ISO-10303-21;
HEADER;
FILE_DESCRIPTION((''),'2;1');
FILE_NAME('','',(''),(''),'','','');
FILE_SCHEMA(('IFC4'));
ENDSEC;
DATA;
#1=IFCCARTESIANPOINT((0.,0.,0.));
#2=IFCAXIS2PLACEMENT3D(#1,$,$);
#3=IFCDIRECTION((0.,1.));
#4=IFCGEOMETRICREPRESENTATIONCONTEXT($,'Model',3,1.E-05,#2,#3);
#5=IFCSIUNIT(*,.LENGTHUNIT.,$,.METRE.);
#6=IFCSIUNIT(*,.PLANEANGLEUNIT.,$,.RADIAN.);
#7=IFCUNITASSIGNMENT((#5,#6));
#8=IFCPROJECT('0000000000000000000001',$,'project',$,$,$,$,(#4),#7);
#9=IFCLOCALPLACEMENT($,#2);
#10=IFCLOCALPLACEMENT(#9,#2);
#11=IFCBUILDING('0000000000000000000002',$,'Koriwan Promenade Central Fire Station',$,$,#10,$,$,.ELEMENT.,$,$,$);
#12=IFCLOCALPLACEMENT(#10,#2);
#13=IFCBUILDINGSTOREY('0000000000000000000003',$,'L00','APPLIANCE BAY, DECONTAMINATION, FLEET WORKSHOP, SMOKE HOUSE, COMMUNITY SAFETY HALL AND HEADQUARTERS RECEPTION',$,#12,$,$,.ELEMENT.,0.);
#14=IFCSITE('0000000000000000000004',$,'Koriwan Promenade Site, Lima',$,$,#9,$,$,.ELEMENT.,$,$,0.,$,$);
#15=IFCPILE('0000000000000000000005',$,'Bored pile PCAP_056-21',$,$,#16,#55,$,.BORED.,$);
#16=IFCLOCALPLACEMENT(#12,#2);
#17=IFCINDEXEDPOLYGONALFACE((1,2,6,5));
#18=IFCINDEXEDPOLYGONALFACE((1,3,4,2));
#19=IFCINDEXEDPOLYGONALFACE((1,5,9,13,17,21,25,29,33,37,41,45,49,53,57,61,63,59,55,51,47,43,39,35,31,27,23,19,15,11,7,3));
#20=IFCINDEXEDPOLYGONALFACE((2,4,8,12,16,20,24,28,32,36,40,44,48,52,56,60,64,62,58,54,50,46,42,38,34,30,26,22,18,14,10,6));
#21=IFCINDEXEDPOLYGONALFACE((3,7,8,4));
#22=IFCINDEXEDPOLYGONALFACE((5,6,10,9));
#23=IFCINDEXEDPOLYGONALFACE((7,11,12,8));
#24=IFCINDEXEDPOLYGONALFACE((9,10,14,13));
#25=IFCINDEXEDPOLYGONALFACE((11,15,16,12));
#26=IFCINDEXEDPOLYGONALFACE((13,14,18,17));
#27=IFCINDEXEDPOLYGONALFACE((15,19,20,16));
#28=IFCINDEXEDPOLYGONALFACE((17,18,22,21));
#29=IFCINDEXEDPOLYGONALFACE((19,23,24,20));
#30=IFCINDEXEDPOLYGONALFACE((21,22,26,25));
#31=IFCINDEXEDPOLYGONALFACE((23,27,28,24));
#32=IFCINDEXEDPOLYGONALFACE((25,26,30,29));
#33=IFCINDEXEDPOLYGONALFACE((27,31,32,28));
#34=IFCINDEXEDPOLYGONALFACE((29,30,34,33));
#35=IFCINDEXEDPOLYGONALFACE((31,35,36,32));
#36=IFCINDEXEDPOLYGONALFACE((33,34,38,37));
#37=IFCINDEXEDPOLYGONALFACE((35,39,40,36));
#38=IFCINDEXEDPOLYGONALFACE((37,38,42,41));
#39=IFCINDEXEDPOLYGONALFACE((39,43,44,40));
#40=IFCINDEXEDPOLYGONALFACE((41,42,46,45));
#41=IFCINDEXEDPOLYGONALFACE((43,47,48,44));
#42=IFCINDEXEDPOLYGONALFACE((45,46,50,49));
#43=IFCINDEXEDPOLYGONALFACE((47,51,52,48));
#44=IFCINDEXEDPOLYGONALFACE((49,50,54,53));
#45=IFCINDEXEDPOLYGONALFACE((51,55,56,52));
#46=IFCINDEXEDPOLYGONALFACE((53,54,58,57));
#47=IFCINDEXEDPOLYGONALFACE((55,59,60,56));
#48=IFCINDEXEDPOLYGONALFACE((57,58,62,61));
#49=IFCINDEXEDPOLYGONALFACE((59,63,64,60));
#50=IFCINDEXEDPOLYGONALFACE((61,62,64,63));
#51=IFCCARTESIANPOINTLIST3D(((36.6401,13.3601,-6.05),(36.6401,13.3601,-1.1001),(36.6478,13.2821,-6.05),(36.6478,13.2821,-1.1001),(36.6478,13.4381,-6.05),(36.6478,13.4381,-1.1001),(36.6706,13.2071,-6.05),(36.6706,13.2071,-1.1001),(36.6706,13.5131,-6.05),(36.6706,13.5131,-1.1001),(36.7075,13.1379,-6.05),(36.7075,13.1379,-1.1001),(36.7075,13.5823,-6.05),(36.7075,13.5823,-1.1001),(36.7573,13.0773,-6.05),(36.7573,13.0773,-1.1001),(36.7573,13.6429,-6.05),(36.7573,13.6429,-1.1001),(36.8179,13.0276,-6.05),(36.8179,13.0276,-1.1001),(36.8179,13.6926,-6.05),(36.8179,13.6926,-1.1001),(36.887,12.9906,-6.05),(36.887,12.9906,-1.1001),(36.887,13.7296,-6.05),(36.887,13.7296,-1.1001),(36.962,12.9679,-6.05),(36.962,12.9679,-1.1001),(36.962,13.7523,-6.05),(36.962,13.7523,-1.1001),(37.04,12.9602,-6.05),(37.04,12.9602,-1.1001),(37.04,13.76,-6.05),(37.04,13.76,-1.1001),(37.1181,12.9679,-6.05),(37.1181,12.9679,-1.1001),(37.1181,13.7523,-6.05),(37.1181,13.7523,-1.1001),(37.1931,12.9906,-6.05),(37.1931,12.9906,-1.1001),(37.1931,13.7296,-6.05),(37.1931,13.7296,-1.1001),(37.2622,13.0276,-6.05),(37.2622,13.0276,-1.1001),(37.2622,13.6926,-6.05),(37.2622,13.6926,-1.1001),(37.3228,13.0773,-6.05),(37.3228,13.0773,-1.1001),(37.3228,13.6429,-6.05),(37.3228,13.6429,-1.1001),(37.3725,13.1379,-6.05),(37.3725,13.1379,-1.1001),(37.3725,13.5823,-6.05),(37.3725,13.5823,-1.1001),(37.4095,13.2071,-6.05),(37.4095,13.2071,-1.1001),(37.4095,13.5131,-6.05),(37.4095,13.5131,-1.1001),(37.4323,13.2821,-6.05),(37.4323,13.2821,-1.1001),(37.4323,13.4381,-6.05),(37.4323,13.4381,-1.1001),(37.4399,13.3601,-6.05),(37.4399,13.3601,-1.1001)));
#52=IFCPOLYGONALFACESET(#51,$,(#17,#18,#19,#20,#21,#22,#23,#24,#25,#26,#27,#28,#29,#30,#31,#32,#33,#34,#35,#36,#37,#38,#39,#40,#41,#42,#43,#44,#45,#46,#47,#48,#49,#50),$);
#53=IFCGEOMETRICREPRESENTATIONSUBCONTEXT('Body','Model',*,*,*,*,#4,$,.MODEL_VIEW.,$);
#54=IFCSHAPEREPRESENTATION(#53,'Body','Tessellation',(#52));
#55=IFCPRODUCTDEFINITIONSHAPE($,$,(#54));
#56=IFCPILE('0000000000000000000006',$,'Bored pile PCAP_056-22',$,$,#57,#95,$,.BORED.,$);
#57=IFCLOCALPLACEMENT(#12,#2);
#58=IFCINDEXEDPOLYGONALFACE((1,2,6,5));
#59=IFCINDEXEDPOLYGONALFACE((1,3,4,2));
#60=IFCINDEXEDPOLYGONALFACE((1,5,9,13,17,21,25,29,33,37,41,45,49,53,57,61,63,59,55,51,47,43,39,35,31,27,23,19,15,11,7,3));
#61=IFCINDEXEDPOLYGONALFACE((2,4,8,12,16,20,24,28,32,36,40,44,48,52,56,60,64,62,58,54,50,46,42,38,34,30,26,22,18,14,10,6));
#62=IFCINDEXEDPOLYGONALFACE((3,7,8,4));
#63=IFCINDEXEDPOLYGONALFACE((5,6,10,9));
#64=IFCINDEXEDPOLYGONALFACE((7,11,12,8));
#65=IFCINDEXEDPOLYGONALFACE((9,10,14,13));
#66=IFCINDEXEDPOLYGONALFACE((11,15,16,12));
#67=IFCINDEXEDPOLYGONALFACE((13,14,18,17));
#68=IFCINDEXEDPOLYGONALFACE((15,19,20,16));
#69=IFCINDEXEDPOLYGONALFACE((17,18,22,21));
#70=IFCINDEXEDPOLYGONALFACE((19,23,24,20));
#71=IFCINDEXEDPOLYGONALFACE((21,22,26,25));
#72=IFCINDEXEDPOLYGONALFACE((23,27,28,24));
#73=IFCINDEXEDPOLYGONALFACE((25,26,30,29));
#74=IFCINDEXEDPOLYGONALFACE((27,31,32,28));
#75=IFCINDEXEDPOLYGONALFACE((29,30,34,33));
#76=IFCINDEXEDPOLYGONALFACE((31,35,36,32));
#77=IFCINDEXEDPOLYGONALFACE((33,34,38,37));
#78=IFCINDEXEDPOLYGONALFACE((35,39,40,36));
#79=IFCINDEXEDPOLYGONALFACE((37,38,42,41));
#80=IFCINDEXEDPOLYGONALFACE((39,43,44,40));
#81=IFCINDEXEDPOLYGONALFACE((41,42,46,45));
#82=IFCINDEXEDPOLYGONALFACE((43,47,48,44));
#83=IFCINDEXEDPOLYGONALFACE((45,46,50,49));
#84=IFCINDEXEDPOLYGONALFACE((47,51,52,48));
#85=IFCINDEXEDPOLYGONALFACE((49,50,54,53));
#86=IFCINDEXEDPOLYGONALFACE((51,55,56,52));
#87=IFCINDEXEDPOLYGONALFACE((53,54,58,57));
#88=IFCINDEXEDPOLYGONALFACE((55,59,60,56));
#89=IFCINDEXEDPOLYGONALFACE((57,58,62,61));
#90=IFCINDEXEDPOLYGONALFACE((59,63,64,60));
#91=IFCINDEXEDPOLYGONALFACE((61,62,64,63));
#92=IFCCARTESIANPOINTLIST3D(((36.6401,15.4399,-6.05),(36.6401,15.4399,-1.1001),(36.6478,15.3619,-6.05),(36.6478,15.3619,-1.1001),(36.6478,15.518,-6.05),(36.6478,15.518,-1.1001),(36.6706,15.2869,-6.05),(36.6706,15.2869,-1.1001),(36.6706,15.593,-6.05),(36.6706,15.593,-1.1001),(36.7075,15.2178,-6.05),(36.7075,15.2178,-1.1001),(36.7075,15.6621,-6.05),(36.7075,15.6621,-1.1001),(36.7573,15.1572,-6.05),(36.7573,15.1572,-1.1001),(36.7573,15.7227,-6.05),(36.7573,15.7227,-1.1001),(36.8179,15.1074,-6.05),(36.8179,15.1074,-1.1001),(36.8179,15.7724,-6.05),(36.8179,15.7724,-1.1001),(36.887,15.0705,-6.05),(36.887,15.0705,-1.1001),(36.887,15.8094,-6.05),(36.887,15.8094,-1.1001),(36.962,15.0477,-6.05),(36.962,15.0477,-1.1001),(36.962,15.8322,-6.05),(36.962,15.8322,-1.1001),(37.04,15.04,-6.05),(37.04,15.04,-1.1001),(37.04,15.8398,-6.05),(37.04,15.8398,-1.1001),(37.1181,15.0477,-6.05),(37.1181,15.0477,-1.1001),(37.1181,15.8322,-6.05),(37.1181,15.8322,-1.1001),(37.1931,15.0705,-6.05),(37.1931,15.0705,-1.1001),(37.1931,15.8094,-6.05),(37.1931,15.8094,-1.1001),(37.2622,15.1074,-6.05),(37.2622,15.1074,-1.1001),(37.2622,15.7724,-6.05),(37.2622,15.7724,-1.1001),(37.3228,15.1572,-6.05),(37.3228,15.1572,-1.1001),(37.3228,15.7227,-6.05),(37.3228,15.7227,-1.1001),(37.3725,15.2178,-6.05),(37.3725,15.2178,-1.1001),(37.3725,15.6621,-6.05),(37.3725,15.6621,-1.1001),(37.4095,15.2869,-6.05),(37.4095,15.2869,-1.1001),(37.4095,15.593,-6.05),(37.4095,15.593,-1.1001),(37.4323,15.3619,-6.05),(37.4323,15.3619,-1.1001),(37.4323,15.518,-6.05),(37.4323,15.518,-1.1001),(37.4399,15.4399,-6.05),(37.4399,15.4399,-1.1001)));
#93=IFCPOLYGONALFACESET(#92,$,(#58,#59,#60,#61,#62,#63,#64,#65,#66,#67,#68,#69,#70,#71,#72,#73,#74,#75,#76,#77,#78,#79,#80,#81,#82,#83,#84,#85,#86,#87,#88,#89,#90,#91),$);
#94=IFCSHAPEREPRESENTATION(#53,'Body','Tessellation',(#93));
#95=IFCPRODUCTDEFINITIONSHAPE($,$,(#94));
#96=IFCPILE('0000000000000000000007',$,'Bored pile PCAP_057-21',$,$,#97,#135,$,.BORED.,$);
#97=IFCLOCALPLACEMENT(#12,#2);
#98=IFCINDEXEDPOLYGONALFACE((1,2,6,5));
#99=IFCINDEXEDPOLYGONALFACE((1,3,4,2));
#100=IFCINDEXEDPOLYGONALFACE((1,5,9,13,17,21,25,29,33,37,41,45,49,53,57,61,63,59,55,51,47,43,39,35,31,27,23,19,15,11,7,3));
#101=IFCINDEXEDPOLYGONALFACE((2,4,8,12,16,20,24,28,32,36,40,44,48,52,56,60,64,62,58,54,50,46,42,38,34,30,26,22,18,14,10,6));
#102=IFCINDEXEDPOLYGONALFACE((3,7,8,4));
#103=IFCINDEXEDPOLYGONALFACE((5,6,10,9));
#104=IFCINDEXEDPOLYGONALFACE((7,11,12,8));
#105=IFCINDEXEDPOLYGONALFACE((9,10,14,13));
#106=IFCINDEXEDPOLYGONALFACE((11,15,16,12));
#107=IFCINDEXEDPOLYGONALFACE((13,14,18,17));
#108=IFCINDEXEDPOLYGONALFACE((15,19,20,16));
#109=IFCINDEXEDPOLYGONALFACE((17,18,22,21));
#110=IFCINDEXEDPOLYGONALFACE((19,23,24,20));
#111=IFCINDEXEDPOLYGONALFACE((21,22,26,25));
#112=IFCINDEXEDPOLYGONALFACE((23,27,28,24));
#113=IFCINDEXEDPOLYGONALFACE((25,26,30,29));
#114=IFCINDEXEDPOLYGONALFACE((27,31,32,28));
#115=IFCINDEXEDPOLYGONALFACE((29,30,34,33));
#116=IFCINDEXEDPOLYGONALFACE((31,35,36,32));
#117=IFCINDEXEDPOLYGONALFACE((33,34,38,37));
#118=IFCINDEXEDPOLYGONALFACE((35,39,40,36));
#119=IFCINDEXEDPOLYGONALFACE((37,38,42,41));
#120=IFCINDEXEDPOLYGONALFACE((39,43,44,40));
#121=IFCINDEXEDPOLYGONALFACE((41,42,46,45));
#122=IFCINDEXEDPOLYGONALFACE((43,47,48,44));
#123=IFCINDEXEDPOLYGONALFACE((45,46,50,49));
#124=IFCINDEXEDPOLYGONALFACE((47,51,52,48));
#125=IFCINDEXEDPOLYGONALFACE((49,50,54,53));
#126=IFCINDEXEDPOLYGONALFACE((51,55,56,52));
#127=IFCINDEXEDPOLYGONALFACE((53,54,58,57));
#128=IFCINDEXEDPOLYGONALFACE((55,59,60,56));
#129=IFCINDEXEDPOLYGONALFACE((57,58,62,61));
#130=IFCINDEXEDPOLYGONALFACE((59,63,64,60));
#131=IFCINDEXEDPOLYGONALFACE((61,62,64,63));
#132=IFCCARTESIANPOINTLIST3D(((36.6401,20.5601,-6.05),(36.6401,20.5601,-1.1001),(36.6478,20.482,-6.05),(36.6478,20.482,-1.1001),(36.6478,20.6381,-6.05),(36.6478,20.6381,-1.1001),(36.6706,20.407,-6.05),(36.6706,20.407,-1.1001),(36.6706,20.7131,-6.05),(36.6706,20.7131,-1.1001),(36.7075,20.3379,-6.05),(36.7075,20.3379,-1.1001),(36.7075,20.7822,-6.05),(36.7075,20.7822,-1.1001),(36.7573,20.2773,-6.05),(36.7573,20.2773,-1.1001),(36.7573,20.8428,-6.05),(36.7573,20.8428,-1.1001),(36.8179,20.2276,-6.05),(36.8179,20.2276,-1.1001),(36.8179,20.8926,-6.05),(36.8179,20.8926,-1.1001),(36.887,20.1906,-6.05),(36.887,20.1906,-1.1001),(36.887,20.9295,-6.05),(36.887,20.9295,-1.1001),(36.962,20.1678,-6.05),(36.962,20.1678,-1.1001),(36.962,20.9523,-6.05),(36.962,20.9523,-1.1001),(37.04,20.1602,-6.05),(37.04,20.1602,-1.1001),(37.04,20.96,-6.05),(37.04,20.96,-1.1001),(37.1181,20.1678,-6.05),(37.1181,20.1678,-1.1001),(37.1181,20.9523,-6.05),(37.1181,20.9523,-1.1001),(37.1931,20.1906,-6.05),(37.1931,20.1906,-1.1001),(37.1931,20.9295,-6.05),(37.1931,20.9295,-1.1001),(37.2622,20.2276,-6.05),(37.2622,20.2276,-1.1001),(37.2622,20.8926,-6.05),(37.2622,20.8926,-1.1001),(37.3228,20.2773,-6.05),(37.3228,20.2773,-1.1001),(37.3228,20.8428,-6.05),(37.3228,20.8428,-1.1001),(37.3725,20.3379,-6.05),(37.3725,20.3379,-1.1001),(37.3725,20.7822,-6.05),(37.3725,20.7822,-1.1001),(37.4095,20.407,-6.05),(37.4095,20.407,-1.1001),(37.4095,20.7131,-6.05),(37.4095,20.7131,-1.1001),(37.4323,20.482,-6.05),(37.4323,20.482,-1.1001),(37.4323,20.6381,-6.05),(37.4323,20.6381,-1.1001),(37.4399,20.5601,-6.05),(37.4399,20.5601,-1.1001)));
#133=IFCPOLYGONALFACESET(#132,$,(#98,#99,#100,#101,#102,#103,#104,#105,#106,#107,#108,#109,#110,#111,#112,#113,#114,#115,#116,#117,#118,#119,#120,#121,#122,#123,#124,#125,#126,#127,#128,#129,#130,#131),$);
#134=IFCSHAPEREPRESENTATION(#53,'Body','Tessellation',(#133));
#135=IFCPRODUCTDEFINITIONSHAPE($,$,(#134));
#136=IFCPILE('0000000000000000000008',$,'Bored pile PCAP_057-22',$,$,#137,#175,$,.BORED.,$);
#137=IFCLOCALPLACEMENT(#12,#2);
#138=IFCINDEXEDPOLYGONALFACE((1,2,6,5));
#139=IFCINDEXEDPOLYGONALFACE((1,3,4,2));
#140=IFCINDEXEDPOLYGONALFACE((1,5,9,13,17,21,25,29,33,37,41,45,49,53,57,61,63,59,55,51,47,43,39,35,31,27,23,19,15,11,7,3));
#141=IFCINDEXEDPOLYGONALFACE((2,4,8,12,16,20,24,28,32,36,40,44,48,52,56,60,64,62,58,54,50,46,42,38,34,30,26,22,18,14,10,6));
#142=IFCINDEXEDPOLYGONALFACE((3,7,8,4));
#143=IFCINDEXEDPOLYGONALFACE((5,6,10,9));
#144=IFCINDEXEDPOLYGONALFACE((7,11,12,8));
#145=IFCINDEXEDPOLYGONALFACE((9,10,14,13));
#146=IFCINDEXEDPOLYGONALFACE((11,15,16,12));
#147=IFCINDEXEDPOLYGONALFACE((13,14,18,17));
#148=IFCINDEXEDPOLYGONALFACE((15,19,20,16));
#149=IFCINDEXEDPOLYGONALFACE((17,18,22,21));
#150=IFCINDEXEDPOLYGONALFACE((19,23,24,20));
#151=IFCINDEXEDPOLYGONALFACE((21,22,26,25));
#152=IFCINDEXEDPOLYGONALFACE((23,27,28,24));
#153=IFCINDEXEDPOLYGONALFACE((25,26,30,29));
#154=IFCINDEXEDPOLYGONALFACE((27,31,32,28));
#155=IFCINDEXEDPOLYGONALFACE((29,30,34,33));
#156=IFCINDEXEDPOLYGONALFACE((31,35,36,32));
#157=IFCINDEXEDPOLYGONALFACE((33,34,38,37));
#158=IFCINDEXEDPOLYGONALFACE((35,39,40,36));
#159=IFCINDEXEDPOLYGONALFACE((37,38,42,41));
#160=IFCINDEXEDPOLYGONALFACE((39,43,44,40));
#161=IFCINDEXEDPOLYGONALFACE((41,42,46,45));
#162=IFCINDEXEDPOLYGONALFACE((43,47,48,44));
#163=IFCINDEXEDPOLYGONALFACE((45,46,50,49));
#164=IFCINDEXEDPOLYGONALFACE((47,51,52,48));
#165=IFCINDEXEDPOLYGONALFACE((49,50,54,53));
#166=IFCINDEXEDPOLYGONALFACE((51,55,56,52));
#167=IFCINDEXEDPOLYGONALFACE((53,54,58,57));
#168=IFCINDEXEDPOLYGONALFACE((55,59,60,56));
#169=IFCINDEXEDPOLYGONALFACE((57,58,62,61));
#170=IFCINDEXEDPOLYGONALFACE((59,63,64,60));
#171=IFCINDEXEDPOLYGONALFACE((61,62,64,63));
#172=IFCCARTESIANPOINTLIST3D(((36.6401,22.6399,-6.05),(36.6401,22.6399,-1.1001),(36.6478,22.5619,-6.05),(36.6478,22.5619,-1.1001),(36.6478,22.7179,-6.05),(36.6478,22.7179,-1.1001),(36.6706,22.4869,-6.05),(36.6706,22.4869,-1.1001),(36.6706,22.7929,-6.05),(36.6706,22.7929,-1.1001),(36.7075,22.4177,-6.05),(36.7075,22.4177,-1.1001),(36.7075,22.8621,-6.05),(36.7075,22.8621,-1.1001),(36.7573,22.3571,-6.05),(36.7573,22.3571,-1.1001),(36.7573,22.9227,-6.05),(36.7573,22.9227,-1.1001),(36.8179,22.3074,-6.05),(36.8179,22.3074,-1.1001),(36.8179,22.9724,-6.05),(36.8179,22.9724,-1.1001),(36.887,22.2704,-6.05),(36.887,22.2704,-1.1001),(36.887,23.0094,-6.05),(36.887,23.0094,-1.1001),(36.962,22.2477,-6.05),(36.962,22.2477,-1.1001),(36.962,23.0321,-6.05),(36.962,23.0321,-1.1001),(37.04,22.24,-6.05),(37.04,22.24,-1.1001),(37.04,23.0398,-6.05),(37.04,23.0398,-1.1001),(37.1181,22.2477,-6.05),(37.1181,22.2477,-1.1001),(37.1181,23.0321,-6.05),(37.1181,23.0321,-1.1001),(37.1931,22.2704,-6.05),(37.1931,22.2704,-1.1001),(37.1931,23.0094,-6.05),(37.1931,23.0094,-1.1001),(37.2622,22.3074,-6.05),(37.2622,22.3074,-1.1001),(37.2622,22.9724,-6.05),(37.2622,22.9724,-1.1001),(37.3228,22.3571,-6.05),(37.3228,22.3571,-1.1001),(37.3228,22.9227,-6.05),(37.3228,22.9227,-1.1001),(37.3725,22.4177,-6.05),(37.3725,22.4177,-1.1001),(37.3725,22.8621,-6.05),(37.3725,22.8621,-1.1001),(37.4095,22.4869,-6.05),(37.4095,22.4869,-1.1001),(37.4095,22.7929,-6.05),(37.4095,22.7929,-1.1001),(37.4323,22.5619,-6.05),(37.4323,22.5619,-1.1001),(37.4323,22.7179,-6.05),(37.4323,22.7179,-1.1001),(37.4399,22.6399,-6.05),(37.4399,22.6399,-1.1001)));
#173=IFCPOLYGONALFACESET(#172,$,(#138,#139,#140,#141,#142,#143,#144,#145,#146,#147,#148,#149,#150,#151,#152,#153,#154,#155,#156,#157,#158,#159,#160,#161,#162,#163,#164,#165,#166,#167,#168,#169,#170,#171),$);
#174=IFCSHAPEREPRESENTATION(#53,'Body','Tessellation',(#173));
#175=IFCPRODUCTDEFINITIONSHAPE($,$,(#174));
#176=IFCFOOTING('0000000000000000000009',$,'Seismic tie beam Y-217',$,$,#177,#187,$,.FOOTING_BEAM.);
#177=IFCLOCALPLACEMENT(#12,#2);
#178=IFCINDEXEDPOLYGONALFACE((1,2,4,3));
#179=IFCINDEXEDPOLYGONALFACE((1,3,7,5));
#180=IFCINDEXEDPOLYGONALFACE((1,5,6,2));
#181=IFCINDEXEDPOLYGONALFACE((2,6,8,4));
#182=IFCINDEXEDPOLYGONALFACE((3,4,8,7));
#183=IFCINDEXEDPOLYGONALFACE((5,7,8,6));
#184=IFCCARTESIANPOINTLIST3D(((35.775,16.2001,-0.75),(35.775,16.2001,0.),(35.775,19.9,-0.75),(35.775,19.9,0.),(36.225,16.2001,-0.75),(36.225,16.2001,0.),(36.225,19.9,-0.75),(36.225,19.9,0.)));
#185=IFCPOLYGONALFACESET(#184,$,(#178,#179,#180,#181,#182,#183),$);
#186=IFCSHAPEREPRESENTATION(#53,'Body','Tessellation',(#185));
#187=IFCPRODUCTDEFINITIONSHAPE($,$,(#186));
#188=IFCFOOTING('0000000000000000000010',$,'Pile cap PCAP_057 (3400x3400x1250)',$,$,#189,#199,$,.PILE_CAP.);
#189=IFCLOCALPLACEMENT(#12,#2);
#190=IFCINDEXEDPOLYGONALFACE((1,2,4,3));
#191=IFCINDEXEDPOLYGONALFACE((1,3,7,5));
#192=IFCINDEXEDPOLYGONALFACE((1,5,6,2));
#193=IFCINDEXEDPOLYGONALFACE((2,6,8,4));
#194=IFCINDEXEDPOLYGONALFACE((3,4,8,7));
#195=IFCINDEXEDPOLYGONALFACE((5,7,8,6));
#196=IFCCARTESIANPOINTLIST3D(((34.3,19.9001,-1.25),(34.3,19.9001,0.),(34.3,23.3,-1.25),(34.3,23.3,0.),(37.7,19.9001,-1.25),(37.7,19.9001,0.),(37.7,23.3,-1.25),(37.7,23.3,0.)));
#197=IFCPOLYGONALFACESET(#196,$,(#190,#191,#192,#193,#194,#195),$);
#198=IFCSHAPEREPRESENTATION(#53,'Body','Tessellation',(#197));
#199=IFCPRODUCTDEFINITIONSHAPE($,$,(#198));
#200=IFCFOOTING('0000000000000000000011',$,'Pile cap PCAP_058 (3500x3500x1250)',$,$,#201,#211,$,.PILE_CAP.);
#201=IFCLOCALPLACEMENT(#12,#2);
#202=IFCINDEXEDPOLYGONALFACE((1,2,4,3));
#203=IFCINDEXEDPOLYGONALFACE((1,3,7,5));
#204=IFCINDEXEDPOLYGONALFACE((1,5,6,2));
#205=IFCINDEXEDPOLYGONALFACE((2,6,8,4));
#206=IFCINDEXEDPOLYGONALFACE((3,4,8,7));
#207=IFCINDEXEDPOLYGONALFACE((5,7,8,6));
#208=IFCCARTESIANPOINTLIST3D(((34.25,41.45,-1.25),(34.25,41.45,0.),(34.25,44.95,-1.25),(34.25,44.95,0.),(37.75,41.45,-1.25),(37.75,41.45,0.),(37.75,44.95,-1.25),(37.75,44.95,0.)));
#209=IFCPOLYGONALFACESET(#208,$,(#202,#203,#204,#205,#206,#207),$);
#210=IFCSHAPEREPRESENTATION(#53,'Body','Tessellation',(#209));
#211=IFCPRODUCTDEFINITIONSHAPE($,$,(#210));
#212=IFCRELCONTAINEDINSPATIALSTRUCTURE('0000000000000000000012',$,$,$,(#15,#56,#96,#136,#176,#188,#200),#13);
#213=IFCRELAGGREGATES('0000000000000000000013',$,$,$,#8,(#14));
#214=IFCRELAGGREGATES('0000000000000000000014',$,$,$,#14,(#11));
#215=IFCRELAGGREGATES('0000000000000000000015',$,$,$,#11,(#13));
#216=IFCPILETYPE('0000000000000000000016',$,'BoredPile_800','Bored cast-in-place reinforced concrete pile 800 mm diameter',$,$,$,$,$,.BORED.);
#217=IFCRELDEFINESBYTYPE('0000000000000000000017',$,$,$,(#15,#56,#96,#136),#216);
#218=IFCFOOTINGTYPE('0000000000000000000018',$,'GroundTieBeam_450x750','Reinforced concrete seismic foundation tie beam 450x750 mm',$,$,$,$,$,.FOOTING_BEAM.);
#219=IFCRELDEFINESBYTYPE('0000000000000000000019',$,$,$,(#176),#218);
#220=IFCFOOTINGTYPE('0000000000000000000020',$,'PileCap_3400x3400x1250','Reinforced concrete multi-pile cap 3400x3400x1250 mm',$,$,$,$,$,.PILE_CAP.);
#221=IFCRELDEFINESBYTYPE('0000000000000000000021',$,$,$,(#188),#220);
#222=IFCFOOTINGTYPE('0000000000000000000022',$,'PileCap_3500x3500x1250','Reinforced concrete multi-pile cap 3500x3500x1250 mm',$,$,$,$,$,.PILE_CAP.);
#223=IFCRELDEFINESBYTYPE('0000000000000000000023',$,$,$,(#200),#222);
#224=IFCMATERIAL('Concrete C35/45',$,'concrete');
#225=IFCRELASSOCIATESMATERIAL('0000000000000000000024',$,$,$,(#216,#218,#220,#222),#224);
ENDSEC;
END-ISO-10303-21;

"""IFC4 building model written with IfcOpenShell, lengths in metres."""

from ifc_helpers import new_model, si_unit, direction, frame, origin, origin_2d, place, context, subcontext, project, spatial, rectangle, circle, extrude, material, material_profile, profile_set, type_object, element, save


model = new_model("IFC4")

# Units and contexts
model_context = context("Model", 3, precision=1e-05, world=origin(), true_north=direction((0.0, 1.0)))
body_context = subcontext(model_context, "Body", "Model", "MODEL_VIEW")
ifc_project = project(units=[si_unit("LENGTHUNIT", "METRE"), si_unit("PLANEANGLEUNIT", "RADIAN")], contexts=[model_context])

# Site, building, storey
site_placement = place(None, origin())
site = spatial("IfcSite", under=ifc_project, at=site_placement, Name="Koriwan Promenade Site, Lima", CompositionType="ELEMENT", RefElevation=0.0)
building_placement = place(site_placement, origin())
building = spatial("IfcBuilding", under=site, at=building_placement, Name="Koriwan Promenade Central Fire Station", CompositionType="ELEMENT")
storey_placement = place(building_placement, origin())
storey = spatial("IfcBuildingStorey", under=building, at=storey_placement, Name="L00", Description="APPLIANCE BAY, DECONTAMINATION, FLEET WORKSHOP, SMOKE HOUSE, COMMUNITY SAFETY HALL AND HEADQUARTERS RECEPTION", CompositionType="ELEMENT", Elevation=0.0)

# Piles
ifc_material_1 = material(Name="Concrete C35/45", Category="concrete")
ifc_material_profile_1 = material_profile(ifc_material_1, circle(Radius=0.3999, at=origin_2d()), Name="PILE-D800")
ifc_profile_set_1 = profile_set([ifc_material_profile_1], Name="Concrete C35/45")
pile_type = type_object("IfcPileType", Name="BoredPile_800", Description="Bored cast-in-place reinforced concrete pile 800 mm diameter", PredefinedType="BORED", material=ifc_profile_set_1)
for number, where, z_axis, x_axis, name in (
    (1, (37.04, 13.3601, -1.1001), (0.0, 0.0, -1.0), (1.0, 0.0, 0.0), "Bored pile PCAP_056-21"),
    (2, (37.04, 15.4399, -1.1001), (0.0, 0.0, -1.0), (1.0, 0.0, 0.0), "Bored pile PCAP_056-22"),
    (3, (37.04, 20.5601, -1.1001), (0.0, 0.0, -1.0), (1.0, 0.0, 0.0), "Bored pile PCAP_057-21"),
    (4, (37.04, 22.6399, -1.1001), (0.0, 0.0, -1.0), (1.0, 0.0, 0.0), "Bored pile PCAP_057-22"),
):
    element("IfcPile", number, at=place(storey_placement, frame(where, z_axis=z_axis, x_axis=x_axis)), inside=storey, type_object=pile_type, Name=name, PredefinedType="BORED", context=body_context, shape_type="SweptSolid", body=[
        extrude(circle(Radius=0.3999, at=origin_2d()), origin(), (0.0, 0.0, 1.0), 4.95),
    ])

# Footings
footing_type_1 = type_object("IfcFootingType", Name="GroundTieBeam_450x750", Description="Reinforced concrete seismic foundation tie beam 450x750 mm", PredefinedType="FOOTING_BEAM", material=ifc_material_1)
footing_1_placement = place(storey_placement, frame((36.0, 18.05, -0.75), z_axis=(0.0, 0.0, 1.0), x_axis=(0.0, 1.0, 0.0)))
element("IfcFooting", 5, at=footing_1_placement, inside=storey, type_object=footing_type_1, Name="Seismic tie beam Y-217", PredefinedType="FOOTING_BEAM", context=body_context, shape_type="SweptSolid", body=[
    extrude(rectangle(XDim=3.7, YDim=0.45, at=origin_2d()), origin(), (0.0, 0.0, 1.0), 0.75),
])
footing_type_2 = type_object("IfcFootingType", Name="PileCap_3400x3400x1250", Description="Reinforced concrete multi-pile cap 3400x3400x1250 mm", PredefinedType="PILE_CAP", material=ifc_material_1)
footing_2_placement = place(storey_placement, frame((36.0, 21.6001, -1.25), z_axis=(0.0, 0.0, 1.0), x_axis=(1.0, 0.0, 0.0)))
element("IfcFooting", 6, at=footing_2_placement, inside=storey, type_object=footing_type_2, Name="Pile cap PCAP_057 (3400x3400x1250)", PredefinedType="PILE_CAP", context=body_context, shape_type="SweptSolid", body=[
    extrude(rectangle(XDim=3.3999, YDim=3.3999, at=origin_2d()), origin(), (0.0, 0.0, 1.0), 1.25),
])
footing_type_3 = type_object("IfcFootingType", Name="PileCap_3500x3500x1250", Description="Reinforced concrete multi-pile cap 3500x3500x1250 mm", PredefinedType="PILE_CAP", material=ifc_material_1)
footing_3_placement = place(storey_placement, frame((36.0, 43.2, -1.25), z_axis=(0.0, 0.0, 1.0), x_axis=(1.0, 0.0, 0.0)))
element("IfcFooting", 7, at=footing_3_placement, inside=storey, type_object=footing_type_3, Name="Pile cap PCAP_058 (3500x3500x1250)", PredefinedType="PILE_CAP", context=body_context, shape_type="SweptSolid", body=[
    extrude(rectangle(XDim=3.5, YDim=3.5, at=origin_2d()), origin(), (0.0, 0.0, 1.0), 1.25),
])

save(model, "model.ifc")
